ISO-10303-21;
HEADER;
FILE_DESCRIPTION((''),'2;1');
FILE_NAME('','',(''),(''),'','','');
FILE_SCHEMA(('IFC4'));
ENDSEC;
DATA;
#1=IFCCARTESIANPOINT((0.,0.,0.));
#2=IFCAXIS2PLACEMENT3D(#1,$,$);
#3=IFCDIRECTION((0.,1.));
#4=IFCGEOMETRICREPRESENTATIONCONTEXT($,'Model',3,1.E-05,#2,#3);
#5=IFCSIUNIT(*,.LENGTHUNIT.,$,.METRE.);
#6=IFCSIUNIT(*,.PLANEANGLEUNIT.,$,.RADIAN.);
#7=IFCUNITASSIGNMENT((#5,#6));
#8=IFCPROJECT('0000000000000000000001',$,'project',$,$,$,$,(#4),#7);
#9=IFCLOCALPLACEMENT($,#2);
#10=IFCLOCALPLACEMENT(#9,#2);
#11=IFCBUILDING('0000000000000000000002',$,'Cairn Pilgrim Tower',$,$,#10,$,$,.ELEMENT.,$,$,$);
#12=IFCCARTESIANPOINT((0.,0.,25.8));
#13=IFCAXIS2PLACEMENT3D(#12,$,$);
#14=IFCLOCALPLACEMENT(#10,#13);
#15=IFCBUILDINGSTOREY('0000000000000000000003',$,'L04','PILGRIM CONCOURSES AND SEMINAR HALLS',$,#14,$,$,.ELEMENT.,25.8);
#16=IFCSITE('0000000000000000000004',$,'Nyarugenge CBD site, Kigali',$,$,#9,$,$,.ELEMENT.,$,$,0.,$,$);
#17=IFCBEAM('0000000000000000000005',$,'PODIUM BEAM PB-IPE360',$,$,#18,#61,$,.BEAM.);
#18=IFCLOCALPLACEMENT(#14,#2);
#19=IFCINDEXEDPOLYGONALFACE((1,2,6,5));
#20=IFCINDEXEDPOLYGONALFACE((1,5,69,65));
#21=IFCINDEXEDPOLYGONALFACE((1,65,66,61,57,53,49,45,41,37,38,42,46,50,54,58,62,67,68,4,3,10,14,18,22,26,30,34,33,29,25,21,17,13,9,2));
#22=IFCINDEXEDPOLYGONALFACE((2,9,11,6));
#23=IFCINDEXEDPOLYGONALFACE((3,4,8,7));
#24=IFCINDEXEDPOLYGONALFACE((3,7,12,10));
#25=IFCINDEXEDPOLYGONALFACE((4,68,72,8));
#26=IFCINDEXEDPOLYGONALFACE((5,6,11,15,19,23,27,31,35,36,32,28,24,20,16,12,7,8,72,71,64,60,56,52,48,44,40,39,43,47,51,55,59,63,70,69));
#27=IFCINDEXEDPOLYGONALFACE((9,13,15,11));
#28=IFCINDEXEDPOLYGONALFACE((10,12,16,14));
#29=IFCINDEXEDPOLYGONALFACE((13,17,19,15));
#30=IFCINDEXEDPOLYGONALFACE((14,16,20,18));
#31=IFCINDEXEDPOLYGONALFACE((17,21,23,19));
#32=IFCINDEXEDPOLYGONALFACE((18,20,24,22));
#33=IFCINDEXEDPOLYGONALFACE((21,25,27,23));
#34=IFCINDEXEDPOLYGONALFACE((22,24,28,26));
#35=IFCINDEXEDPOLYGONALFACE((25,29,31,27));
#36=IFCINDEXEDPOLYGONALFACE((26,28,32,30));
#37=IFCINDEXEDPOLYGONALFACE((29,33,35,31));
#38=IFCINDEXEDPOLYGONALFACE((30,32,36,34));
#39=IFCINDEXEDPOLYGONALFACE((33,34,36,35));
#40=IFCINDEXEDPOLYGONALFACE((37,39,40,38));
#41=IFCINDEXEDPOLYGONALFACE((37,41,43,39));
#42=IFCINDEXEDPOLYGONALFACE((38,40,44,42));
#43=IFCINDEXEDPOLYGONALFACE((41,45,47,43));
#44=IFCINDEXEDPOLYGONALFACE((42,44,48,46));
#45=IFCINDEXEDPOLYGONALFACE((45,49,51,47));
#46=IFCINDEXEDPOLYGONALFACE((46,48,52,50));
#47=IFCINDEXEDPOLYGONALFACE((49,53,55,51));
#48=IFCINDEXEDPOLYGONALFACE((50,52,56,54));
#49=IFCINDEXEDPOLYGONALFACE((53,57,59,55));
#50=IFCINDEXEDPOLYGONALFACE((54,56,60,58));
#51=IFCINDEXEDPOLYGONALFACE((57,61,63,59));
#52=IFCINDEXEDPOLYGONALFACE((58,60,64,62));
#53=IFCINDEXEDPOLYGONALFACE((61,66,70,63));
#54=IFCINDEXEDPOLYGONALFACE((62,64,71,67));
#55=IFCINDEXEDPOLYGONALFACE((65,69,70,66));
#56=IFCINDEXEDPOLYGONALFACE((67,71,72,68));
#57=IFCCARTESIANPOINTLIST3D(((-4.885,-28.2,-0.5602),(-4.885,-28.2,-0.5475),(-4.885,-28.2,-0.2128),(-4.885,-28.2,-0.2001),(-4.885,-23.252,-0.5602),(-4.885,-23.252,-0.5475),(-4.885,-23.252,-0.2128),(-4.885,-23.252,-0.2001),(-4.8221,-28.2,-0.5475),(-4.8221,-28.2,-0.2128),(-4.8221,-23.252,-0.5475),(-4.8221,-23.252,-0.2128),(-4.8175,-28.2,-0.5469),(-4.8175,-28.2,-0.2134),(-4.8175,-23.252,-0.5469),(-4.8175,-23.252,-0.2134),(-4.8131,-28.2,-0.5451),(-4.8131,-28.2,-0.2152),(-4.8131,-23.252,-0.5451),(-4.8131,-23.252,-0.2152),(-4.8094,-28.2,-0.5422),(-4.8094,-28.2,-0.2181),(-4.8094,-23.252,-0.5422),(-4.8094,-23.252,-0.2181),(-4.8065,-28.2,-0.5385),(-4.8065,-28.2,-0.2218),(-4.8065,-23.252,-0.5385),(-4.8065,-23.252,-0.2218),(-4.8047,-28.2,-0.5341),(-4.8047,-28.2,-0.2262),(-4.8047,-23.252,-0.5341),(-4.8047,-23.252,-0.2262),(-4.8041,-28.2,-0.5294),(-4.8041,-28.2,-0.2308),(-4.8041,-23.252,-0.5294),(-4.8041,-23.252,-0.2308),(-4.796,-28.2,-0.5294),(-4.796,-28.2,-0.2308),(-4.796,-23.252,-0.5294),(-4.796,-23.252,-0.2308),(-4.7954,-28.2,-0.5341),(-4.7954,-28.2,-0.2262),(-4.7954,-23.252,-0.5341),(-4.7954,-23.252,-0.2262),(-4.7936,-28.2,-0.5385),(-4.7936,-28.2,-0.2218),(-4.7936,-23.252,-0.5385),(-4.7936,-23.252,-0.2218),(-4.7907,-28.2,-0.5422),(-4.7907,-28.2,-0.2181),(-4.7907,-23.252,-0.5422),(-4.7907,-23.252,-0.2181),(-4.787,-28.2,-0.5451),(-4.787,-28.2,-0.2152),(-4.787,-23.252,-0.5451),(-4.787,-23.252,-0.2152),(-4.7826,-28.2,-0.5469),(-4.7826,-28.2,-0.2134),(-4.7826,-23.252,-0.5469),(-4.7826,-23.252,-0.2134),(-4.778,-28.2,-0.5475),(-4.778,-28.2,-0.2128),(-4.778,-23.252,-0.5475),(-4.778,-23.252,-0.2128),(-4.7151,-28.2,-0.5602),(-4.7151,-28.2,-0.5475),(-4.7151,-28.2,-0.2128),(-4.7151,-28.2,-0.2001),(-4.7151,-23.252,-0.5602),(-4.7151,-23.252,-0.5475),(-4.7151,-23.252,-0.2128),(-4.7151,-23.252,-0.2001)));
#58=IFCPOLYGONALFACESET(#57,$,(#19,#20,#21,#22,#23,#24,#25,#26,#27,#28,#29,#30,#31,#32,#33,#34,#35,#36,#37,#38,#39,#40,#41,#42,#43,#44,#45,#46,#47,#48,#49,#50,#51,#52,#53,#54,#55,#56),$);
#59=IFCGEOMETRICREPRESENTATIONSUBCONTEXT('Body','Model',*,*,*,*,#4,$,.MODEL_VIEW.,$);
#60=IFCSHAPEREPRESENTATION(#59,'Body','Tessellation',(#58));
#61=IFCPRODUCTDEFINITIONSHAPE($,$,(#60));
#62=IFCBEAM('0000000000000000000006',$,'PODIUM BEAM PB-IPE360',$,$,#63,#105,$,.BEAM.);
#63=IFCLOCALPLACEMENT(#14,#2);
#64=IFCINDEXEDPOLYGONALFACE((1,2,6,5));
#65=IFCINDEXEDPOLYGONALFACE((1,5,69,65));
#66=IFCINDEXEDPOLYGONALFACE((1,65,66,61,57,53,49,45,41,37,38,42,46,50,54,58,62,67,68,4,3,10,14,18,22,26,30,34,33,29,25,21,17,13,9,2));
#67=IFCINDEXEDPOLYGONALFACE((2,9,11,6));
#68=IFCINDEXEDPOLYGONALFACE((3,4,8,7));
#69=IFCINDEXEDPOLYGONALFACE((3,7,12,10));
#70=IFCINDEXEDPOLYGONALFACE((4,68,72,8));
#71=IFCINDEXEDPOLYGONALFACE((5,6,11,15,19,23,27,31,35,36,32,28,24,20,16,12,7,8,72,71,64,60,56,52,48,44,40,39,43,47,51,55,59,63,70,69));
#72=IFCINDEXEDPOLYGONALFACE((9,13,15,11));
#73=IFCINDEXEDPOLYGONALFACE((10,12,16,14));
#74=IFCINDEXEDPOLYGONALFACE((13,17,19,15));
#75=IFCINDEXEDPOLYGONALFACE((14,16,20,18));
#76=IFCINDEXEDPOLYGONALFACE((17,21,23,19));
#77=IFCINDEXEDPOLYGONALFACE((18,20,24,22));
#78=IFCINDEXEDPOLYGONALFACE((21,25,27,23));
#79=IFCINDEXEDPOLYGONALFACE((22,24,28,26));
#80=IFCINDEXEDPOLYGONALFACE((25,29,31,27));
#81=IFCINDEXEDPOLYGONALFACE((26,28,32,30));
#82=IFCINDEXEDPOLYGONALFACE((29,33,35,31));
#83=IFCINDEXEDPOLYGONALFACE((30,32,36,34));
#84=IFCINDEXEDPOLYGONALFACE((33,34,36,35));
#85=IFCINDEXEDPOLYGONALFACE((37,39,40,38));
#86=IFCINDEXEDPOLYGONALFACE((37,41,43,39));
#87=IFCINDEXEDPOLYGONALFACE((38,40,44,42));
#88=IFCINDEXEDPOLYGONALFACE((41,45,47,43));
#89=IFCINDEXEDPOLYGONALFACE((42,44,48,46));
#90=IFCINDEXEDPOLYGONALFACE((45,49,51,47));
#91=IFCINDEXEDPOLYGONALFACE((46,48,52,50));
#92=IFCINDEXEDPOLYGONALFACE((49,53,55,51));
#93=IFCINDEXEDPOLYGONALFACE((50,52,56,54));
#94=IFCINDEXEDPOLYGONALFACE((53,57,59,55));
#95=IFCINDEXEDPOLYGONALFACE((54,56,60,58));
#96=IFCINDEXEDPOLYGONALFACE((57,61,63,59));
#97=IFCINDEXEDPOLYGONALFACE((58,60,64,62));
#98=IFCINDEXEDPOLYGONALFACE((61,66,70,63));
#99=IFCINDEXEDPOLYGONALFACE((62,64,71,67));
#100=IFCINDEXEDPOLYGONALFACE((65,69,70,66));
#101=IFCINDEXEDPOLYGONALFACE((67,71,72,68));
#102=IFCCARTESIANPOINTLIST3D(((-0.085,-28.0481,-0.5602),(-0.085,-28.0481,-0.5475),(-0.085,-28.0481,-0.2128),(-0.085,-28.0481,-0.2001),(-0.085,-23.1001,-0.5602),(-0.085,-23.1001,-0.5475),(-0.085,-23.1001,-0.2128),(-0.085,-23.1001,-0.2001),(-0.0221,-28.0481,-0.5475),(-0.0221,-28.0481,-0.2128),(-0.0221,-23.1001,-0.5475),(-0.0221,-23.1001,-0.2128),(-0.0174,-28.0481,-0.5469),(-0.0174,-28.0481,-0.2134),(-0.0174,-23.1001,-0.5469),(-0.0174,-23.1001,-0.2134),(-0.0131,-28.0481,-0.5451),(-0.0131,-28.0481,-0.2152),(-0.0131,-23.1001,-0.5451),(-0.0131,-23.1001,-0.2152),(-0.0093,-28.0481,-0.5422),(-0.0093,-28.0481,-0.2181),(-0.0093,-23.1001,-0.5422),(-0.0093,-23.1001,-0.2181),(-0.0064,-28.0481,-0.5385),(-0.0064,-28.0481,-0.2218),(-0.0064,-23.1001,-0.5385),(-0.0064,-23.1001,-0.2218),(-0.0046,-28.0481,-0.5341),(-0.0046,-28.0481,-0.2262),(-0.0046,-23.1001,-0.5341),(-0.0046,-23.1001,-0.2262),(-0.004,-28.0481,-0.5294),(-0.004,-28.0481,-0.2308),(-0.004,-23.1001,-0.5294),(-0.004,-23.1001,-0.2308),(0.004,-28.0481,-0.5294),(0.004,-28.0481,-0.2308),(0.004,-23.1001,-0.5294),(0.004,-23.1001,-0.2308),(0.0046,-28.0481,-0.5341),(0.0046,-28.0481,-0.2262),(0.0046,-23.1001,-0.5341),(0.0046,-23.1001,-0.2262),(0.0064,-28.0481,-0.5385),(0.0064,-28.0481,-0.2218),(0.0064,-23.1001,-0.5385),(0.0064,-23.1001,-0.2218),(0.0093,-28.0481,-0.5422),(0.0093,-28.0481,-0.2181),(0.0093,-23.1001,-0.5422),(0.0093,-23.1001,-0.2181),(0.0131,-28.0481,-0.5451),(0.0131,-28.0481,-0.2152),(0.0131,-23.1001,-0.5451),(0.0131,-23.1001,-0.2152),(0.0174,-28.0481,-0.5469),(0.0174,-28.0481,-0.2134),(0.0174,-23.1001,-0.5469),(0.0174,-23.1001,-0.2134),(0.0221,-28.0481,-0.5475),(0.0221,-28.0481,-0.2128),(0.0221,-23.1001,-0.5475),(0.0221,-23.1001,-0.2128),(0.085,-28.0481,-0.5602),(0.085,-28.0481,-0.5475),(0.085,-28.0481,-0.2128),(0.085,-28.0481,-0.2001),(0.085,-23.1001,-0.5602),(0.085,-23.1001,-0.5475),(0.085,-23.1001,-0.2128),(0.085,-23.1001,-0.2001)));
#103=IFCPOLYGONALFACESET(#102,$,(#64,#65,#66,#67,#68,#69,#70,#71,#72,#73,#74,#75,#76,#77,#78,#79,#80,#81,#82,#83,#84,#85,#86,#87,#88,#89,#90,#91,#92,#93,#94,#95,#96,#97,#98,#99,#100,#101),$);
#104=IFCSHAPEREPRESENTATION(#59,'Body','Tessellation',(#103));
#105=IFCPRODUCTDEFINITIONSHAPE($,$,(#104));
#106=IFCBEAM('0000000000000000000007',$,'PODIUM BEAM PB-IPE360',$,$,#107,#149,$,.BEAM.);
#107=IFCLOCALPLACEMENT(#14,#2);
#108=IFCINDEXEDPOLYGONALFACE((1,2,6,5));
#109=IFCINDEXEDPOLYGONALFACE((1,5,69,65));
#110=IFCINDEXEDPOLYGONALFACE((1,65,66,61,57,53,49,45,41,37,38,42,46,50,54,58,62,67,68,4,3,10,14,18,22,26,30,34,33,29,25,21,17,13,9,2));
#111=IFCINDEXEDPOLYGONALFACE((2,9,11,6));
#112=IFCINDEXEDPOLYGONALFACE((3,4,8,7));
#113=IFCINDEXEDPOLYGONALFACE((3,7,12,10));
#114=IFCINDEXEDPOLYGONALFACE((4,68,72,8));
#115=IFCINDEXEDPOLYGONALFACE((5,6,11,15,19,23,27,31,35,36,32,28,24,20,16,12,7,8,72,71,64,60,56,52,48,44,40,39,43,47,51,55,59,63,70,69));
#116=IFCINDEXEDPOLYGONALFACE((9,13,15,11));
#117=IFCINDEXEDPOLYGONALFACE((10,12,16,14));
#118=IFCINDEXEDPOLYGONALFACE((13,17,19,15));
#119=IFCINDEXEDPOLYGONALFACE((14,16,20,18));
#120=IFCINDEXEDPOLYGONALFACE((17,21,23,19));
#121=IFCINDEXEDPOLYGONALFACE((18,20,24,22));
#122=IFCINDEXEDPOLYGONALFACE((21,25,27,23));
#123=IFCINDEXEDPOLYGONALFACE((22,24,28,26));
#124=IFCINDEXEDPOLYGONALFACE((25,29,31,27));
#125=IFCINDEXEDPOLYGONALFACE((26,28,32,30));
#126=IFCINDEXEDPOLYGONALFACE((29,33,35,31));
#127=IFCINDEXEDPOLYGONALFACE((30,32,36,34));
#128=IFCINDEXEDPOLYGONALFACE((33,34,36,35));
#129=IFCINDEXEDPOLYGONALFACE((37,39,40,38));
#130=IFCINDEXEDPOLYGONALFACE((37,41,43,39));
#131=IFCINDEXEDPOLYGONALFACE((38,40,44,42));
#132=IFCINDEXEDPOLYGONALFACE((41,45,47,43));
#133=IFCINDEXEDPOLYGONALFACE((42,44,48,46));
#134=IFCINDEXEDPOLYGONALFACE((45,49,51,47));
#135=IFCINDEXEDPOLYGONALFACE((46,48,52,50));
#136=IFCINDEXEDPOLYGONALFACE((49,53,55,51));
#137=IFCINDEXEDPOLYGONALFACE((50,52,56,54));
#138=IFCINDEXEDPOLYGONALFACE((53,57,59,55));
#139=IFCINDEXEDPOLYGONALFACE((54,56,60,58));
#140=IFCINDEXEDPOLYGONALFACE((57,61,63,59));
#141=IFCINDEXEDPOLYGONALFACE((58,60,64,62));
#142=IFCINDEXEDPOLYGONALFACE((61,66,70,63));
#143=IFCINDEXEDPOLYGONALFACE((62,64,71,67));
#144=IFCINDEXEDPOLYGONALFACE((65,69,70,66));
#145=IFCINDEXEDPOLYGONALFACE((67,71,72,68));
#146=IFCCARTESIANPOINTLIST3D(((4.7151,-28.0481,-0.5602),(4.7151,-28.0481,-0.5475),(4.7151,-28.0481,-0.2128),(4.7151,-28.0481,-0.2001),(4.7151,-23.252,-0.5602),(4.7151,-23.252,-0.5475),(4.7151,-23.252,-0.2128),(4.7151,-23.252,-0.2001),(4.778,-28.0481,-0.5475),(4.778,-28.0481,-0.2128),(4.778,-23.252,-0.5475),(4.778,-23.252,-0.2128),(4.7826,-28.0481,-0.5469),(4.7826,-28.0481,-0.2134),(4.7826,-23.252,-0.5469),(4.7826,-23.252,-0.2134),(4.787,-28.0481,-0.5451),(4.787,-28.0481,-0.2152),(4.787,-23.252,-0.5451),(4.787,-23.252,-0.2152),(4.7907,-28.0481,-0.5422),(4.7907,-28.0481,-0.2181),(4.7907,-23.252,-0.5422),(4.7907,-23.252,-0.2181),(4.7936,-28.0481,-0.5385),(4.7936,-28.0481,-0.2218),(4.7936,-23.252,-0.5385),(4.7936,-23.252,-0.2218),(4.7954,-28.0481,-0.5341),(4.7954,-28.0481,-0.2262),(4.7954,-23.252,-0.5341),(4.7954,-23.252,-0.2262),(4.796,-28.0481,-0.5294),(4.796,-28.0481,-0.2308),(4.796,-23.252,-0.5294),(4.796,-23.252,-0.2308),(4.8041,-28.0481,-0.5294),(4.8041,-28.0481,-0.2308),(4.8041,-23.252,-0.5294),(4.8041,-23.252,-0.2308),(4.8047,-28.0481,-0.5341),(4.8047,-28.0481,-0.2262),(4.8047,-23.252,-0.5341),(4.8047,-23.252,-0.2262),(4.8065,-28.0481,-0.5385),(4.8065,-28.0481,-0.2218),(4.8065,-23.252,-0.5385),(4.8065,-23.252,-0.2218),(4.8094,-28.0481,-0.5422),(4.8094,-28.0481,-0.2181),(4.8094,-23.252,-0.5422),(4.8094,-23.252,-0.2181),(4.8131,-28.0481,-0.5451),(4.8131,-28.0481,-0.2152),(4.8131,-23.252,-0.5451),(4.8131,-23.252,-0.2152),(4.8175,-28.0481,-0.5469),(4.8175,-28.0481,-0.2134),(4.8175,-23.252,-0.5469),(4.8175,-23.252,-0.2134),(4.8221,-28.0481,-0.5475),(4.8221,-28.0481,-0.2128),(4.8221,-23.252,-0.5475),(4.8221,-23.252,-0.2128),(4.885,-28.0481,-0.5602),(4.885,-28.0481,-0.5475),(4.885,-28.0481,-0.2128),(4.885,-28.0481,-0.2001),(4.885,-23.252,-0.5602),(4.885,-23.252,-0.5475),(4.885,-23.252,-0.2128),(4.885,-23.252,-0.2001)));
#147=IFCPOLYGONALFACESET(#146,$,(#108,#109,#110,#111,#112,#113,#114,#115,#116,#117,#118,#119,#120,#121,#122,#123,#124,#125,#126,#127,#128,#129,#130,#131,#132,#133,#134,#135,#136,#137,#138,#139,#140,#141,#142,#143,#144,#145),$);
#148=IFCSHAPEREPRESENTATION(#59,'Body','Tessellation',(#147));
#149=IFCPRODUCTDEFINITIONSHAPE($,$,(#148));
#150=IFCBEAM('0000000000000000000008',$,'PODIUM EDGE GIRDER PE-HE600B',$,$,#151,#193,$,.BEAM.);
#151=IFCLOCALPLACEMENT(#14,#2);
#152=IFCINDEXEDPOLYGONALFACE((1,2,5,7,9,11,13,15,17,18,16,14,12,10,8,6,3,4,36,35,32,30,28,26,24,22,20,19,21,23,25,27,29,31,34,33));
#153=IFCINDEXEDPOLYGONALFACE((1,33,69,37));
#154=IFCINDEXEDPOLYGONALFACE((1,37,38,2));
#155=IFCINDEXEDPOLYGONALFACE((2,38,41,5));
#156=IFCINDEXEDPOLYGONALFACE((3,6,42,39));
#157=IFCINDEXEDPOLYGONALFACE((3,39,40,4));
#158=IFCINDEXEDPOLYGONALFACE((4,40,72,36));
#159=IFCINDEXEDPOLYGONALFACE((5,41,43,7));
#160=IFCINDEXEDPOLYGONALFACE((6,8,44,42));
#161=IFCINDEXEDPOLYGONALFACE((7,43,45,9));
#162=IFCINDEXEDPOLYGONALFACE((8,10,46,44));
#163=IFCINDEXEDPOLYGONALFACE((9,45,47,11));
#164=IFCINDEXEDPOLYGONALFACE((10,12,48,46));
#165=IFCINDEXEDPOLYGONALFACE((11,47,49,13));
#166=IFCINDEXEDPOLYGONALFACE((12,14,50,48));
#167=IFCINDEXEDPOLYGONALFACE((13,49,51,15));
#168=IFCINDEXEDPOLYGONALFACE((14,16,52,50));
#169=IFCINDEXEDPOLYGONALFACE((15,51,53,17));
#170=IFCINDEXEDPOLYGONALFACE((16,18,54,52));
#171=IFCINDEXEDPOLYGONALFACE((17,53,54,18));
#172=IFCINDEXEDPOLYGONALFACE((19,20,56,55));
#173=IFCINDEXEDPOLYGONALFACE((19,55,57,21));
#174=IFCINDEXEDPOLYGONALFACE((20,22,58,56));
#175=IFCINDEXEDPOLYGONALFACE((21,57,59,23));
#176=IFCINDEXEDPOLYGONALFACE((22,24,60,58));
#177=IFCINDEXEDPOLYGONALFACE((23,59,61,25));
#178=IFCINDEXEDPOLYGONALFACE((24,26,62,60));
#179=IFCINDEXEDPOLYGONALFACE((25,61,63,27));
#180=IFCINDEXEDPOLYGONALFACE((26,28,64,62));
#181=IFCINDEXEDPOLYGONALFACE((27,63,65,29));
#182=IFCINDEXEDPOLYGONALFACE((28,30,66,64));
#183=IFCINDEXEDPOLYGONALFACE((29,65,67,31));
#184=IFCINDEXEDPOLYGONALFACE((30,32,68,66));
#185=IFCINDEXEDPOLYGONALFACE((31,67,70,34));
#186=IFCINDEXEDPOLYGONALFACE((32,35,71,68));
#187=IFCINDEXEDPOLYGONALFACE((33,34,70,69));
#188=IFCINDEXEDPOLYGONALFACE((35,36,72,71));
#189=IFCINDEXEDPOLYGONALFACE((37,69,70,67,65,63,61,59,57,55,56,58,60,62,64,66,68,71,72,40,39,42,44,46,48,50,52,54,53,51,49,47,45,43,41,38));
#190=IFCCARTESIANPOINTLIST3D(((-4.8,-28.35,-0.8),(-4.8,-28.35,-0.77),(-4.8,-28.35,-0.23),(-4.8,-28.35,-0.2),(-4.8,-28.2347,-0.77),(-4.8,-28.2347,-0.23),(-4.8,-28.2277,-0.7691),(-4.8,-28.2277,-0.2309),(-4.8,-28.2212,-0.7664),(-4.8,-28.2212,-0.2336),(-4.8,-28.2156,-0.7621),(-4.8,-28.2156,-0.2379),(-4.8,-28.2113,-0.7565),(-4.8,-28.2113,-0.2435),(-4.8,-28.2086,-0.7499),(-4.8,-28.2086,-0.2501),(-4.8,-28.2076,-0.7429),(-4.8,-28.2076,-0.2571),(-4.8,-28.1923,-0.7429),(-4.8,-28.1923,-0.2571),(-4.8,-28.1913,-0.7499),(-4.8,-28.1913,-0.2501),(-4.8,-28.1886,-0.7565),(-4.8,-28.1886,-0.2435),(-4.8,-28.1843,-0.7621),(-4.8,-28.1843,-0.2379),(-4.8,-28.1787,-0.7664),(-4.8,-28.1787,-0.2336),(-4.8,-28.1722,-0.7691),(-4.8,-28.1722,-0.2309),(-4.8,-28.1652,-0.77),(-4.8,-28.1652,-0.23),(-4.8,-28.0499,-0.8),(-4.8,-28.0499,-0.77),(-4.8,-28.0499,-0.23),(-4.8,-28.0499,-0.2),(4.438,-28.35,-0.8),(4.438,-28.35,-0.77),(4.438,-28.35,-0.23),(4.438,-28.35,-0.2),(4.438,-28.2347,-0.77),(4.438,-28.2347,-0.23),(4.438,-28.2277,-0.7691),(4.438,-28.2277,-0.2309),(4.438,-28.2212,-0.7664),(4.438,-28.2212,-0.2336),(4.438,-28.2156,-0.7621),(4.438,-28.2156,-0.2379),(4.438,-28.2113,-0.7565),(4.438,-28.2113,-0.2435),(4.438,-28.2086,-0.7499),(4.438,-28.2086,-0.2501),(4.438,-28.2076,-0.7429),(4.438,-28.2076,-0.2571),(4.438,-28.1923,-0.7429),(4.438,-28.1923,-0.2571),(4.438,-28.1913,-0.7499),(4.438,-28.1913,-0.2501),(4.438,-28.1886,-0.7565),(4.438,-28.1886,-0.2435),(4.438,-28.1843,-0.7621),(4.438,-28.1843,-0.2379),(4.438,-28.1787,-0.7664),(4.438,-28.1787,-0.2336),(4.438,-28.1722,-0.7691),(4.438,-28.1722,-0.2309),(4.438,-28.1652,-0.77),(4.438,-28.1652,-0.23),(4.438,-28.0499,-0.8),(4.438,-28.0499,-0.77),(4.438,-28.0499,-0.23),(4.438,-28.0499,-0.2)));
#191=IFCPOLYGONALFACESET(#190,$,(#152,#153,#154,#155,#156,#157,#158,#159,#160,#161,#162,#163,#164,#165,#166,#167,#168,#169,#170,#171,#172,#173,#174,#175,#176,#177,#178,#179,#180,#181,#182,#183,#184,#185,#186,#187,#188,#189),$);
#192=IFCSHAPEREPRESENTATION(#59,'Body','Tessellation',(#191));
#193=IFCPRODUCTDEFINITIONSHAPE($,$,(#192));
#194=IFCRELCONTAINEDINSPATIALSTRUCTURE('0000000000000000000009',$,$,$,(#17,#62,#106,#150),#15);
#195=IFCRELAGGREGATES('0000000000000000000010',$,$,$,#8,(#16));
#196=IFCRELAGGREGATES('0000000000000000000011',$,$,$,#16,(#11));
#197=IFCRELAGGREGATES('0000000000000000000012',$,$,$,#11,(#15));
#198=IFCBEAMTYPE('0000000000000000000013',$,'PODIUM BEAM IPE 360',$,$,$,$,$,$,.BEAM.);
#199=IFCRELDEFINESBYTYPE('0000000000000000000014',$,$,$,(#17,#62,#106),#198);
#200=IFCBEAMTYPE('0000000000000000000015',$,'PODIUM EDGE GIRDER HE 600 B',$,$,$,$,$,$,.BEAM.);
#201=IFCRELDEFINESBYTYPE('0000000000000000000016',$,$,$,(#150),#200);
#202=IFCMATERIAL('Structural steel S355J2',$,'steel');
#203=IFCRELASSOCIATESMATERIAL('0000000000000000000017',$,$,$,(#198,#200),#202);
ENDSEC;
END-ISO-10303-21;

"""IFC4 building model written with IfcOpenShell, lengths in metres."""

from ifc_helpers import new_model, si_unit, direction, frame, origin, origin_2d, place, context, subcontext, project, spatial, i_section, extrude, material, material_profile, profile_set, type_object, element, save


model = new_model("IFC4")

# Units and contexts
model_context = context("Model", 3, precision=1e-05, world=origin(), true_north=direction((0.0, 1.0)))
body_context = subcontext(model_context, "Body", "Model", "MODEL_VIEW")
ifc_project = project(units=[si_unit("LENGTHUNIT", "METRE"), si_unit("PLANEANGLEUNIT", "RADIAN")], contexts=[model_context])

# Site, building, storey
site_placement = place(None, origin())
site = spatial("IfcSite", under=ifc_project, at=site_placement, Name="Nyarugenge CBD site, Kigali", CompositionType="ELEMENT", RefElevation=0.0)
building_placement = place(site_placement, origin())
building = spatial("IfcBuilding", under=site, at=building_placement, Name="Cairn Pilgrim Tower", CompositionType="ELEMENT")
storey_placement = place(building_placement, frame((0.0, 0.0, 25.8)))
storey = spatial("IfcBuildingStorey", under=building, at=storey_placement, Name="L04", Description="PILGRIM CONCOURSES AND SEMINAR HALLS", CompositionType="ELEMENT", Elevation=25.8)

# Beams
ifc_material_1 = material(Name="Structural steel S355J2", Category="steel")
ifc_material_profile_1 = material_profile(ifc_material_1, i_section(OverallWidth=0.1699, OverallDepth=0.3601, WebThickness=0.0081, FlangeThickness=0.0127, FilletRadius=0.0181, at=origin_2d()), Name="IPE 360")
ifc_profile_set_1 = profile_set([ifc_material_profile_1], Name="Structural steel S355J2")
beam_type_1 = type_object("IfcBeamType", Name="PODIUM BEAM IPE 360", PredefinedType="BEAM", material=ifc_profile_set_1)
for number, where, z_axis, x_axis, name in (
    (1, (-4.8, -28.2, -0.3801), (0.0, 1.0, 0.0), (-1.0, 0.0, 0.0), "PODIUM BEAM PB-IPE360"),
    (2, (0.0, -28.0481, -0.3801), (0.0, 1.0, 0.0), (-1.0, 0.0, 0.0), "PODIUM BEAM PB-IPE360"),
):
    element("IfcBeam", number, at=place(storey_placement, frame(where, z_axis=z_axis, x_axis=x_axis)), inside=storey, type_object=beam_type_1, Name=name, PredefinedType="BEAM", context=body_context, shape_type="SweptSolid", body=[
        extrude(i_section(OverallWidth=0.1699, OverallDepth=0.3601, WebThickness=0.0081, FlangeThickness=0.0127, FilletRadius=0.0181, at=origin_2d()), origin(), (0.0, 0.0, 1.0), 4.948),
    ])
beam_1_placement = place(storey_placement, frame((4.8, -28.0481, -0.3801), z_axis=(0.0, 1.0, 0.0), x_axis=(-1.0, 0.0, 0.0)))
element("IfcBeam", 3, at=beam_1_placement, inside=storey, type_object=beam_type_1, Name="PODIUM BEAM PB-IPE360", PredefinedType="BEAM", context=body_context, shape_type="SweptSolid", body=[
    extrude(i_section(OverallWidth=0.1699, OverallDepth=0.3601, WebThickness=0.0081, FlangeThickness=0.0127, FilletRadius=0.0181, at=origin_2d()), origin(), (0.0, 0.0, 1.0), 4.7961),
])
ifc_material_profile_2 = material_profile(ifc_material_1, i_section(OverallWidth=0.3, OverallDepth=0.6001, WebThickness=0.0154, FlangeThickness=0.03, FilletRadius=0.0271, at=origin_2d()), Name="HEB 600")
ifc_profile_set_2 = profile_set([ifc_material_profile_2], Name="Structural steel S355J2")
beam_type_2 = type_object("IfcBeamType", Name="PODIUM EDGE GIRDER HE 600 B", PredefinedType="BEAM", material=ifc_profile_set_2)
beam_2_placement = place(storey_placement, frame((-4.8, -28.2, -0.5), z_axis=(1.0, 0.0, 0.0), x_axis=(0.0, 1.0, 0.0)))
element("IfcBeam", 4, at=beam_2_placement, inside=storey, type_object=beam_type_2, Name="PODIUM EDGE GIRDER PE-HE600B", PredefinedType="BEAM", context=body_context, shape_type="SweptSolid", body=[
    extrude(i_section(OverallWidth=0.3, OverallDepth=0.6001, WebThickness=0.0154, FlangeThickness=0.03, FilletRadius=0.0271, at=origin_2d()), origin(), (0.0, 0.0, 1.0), 9.238),
])

save(model, "model.ifc")
